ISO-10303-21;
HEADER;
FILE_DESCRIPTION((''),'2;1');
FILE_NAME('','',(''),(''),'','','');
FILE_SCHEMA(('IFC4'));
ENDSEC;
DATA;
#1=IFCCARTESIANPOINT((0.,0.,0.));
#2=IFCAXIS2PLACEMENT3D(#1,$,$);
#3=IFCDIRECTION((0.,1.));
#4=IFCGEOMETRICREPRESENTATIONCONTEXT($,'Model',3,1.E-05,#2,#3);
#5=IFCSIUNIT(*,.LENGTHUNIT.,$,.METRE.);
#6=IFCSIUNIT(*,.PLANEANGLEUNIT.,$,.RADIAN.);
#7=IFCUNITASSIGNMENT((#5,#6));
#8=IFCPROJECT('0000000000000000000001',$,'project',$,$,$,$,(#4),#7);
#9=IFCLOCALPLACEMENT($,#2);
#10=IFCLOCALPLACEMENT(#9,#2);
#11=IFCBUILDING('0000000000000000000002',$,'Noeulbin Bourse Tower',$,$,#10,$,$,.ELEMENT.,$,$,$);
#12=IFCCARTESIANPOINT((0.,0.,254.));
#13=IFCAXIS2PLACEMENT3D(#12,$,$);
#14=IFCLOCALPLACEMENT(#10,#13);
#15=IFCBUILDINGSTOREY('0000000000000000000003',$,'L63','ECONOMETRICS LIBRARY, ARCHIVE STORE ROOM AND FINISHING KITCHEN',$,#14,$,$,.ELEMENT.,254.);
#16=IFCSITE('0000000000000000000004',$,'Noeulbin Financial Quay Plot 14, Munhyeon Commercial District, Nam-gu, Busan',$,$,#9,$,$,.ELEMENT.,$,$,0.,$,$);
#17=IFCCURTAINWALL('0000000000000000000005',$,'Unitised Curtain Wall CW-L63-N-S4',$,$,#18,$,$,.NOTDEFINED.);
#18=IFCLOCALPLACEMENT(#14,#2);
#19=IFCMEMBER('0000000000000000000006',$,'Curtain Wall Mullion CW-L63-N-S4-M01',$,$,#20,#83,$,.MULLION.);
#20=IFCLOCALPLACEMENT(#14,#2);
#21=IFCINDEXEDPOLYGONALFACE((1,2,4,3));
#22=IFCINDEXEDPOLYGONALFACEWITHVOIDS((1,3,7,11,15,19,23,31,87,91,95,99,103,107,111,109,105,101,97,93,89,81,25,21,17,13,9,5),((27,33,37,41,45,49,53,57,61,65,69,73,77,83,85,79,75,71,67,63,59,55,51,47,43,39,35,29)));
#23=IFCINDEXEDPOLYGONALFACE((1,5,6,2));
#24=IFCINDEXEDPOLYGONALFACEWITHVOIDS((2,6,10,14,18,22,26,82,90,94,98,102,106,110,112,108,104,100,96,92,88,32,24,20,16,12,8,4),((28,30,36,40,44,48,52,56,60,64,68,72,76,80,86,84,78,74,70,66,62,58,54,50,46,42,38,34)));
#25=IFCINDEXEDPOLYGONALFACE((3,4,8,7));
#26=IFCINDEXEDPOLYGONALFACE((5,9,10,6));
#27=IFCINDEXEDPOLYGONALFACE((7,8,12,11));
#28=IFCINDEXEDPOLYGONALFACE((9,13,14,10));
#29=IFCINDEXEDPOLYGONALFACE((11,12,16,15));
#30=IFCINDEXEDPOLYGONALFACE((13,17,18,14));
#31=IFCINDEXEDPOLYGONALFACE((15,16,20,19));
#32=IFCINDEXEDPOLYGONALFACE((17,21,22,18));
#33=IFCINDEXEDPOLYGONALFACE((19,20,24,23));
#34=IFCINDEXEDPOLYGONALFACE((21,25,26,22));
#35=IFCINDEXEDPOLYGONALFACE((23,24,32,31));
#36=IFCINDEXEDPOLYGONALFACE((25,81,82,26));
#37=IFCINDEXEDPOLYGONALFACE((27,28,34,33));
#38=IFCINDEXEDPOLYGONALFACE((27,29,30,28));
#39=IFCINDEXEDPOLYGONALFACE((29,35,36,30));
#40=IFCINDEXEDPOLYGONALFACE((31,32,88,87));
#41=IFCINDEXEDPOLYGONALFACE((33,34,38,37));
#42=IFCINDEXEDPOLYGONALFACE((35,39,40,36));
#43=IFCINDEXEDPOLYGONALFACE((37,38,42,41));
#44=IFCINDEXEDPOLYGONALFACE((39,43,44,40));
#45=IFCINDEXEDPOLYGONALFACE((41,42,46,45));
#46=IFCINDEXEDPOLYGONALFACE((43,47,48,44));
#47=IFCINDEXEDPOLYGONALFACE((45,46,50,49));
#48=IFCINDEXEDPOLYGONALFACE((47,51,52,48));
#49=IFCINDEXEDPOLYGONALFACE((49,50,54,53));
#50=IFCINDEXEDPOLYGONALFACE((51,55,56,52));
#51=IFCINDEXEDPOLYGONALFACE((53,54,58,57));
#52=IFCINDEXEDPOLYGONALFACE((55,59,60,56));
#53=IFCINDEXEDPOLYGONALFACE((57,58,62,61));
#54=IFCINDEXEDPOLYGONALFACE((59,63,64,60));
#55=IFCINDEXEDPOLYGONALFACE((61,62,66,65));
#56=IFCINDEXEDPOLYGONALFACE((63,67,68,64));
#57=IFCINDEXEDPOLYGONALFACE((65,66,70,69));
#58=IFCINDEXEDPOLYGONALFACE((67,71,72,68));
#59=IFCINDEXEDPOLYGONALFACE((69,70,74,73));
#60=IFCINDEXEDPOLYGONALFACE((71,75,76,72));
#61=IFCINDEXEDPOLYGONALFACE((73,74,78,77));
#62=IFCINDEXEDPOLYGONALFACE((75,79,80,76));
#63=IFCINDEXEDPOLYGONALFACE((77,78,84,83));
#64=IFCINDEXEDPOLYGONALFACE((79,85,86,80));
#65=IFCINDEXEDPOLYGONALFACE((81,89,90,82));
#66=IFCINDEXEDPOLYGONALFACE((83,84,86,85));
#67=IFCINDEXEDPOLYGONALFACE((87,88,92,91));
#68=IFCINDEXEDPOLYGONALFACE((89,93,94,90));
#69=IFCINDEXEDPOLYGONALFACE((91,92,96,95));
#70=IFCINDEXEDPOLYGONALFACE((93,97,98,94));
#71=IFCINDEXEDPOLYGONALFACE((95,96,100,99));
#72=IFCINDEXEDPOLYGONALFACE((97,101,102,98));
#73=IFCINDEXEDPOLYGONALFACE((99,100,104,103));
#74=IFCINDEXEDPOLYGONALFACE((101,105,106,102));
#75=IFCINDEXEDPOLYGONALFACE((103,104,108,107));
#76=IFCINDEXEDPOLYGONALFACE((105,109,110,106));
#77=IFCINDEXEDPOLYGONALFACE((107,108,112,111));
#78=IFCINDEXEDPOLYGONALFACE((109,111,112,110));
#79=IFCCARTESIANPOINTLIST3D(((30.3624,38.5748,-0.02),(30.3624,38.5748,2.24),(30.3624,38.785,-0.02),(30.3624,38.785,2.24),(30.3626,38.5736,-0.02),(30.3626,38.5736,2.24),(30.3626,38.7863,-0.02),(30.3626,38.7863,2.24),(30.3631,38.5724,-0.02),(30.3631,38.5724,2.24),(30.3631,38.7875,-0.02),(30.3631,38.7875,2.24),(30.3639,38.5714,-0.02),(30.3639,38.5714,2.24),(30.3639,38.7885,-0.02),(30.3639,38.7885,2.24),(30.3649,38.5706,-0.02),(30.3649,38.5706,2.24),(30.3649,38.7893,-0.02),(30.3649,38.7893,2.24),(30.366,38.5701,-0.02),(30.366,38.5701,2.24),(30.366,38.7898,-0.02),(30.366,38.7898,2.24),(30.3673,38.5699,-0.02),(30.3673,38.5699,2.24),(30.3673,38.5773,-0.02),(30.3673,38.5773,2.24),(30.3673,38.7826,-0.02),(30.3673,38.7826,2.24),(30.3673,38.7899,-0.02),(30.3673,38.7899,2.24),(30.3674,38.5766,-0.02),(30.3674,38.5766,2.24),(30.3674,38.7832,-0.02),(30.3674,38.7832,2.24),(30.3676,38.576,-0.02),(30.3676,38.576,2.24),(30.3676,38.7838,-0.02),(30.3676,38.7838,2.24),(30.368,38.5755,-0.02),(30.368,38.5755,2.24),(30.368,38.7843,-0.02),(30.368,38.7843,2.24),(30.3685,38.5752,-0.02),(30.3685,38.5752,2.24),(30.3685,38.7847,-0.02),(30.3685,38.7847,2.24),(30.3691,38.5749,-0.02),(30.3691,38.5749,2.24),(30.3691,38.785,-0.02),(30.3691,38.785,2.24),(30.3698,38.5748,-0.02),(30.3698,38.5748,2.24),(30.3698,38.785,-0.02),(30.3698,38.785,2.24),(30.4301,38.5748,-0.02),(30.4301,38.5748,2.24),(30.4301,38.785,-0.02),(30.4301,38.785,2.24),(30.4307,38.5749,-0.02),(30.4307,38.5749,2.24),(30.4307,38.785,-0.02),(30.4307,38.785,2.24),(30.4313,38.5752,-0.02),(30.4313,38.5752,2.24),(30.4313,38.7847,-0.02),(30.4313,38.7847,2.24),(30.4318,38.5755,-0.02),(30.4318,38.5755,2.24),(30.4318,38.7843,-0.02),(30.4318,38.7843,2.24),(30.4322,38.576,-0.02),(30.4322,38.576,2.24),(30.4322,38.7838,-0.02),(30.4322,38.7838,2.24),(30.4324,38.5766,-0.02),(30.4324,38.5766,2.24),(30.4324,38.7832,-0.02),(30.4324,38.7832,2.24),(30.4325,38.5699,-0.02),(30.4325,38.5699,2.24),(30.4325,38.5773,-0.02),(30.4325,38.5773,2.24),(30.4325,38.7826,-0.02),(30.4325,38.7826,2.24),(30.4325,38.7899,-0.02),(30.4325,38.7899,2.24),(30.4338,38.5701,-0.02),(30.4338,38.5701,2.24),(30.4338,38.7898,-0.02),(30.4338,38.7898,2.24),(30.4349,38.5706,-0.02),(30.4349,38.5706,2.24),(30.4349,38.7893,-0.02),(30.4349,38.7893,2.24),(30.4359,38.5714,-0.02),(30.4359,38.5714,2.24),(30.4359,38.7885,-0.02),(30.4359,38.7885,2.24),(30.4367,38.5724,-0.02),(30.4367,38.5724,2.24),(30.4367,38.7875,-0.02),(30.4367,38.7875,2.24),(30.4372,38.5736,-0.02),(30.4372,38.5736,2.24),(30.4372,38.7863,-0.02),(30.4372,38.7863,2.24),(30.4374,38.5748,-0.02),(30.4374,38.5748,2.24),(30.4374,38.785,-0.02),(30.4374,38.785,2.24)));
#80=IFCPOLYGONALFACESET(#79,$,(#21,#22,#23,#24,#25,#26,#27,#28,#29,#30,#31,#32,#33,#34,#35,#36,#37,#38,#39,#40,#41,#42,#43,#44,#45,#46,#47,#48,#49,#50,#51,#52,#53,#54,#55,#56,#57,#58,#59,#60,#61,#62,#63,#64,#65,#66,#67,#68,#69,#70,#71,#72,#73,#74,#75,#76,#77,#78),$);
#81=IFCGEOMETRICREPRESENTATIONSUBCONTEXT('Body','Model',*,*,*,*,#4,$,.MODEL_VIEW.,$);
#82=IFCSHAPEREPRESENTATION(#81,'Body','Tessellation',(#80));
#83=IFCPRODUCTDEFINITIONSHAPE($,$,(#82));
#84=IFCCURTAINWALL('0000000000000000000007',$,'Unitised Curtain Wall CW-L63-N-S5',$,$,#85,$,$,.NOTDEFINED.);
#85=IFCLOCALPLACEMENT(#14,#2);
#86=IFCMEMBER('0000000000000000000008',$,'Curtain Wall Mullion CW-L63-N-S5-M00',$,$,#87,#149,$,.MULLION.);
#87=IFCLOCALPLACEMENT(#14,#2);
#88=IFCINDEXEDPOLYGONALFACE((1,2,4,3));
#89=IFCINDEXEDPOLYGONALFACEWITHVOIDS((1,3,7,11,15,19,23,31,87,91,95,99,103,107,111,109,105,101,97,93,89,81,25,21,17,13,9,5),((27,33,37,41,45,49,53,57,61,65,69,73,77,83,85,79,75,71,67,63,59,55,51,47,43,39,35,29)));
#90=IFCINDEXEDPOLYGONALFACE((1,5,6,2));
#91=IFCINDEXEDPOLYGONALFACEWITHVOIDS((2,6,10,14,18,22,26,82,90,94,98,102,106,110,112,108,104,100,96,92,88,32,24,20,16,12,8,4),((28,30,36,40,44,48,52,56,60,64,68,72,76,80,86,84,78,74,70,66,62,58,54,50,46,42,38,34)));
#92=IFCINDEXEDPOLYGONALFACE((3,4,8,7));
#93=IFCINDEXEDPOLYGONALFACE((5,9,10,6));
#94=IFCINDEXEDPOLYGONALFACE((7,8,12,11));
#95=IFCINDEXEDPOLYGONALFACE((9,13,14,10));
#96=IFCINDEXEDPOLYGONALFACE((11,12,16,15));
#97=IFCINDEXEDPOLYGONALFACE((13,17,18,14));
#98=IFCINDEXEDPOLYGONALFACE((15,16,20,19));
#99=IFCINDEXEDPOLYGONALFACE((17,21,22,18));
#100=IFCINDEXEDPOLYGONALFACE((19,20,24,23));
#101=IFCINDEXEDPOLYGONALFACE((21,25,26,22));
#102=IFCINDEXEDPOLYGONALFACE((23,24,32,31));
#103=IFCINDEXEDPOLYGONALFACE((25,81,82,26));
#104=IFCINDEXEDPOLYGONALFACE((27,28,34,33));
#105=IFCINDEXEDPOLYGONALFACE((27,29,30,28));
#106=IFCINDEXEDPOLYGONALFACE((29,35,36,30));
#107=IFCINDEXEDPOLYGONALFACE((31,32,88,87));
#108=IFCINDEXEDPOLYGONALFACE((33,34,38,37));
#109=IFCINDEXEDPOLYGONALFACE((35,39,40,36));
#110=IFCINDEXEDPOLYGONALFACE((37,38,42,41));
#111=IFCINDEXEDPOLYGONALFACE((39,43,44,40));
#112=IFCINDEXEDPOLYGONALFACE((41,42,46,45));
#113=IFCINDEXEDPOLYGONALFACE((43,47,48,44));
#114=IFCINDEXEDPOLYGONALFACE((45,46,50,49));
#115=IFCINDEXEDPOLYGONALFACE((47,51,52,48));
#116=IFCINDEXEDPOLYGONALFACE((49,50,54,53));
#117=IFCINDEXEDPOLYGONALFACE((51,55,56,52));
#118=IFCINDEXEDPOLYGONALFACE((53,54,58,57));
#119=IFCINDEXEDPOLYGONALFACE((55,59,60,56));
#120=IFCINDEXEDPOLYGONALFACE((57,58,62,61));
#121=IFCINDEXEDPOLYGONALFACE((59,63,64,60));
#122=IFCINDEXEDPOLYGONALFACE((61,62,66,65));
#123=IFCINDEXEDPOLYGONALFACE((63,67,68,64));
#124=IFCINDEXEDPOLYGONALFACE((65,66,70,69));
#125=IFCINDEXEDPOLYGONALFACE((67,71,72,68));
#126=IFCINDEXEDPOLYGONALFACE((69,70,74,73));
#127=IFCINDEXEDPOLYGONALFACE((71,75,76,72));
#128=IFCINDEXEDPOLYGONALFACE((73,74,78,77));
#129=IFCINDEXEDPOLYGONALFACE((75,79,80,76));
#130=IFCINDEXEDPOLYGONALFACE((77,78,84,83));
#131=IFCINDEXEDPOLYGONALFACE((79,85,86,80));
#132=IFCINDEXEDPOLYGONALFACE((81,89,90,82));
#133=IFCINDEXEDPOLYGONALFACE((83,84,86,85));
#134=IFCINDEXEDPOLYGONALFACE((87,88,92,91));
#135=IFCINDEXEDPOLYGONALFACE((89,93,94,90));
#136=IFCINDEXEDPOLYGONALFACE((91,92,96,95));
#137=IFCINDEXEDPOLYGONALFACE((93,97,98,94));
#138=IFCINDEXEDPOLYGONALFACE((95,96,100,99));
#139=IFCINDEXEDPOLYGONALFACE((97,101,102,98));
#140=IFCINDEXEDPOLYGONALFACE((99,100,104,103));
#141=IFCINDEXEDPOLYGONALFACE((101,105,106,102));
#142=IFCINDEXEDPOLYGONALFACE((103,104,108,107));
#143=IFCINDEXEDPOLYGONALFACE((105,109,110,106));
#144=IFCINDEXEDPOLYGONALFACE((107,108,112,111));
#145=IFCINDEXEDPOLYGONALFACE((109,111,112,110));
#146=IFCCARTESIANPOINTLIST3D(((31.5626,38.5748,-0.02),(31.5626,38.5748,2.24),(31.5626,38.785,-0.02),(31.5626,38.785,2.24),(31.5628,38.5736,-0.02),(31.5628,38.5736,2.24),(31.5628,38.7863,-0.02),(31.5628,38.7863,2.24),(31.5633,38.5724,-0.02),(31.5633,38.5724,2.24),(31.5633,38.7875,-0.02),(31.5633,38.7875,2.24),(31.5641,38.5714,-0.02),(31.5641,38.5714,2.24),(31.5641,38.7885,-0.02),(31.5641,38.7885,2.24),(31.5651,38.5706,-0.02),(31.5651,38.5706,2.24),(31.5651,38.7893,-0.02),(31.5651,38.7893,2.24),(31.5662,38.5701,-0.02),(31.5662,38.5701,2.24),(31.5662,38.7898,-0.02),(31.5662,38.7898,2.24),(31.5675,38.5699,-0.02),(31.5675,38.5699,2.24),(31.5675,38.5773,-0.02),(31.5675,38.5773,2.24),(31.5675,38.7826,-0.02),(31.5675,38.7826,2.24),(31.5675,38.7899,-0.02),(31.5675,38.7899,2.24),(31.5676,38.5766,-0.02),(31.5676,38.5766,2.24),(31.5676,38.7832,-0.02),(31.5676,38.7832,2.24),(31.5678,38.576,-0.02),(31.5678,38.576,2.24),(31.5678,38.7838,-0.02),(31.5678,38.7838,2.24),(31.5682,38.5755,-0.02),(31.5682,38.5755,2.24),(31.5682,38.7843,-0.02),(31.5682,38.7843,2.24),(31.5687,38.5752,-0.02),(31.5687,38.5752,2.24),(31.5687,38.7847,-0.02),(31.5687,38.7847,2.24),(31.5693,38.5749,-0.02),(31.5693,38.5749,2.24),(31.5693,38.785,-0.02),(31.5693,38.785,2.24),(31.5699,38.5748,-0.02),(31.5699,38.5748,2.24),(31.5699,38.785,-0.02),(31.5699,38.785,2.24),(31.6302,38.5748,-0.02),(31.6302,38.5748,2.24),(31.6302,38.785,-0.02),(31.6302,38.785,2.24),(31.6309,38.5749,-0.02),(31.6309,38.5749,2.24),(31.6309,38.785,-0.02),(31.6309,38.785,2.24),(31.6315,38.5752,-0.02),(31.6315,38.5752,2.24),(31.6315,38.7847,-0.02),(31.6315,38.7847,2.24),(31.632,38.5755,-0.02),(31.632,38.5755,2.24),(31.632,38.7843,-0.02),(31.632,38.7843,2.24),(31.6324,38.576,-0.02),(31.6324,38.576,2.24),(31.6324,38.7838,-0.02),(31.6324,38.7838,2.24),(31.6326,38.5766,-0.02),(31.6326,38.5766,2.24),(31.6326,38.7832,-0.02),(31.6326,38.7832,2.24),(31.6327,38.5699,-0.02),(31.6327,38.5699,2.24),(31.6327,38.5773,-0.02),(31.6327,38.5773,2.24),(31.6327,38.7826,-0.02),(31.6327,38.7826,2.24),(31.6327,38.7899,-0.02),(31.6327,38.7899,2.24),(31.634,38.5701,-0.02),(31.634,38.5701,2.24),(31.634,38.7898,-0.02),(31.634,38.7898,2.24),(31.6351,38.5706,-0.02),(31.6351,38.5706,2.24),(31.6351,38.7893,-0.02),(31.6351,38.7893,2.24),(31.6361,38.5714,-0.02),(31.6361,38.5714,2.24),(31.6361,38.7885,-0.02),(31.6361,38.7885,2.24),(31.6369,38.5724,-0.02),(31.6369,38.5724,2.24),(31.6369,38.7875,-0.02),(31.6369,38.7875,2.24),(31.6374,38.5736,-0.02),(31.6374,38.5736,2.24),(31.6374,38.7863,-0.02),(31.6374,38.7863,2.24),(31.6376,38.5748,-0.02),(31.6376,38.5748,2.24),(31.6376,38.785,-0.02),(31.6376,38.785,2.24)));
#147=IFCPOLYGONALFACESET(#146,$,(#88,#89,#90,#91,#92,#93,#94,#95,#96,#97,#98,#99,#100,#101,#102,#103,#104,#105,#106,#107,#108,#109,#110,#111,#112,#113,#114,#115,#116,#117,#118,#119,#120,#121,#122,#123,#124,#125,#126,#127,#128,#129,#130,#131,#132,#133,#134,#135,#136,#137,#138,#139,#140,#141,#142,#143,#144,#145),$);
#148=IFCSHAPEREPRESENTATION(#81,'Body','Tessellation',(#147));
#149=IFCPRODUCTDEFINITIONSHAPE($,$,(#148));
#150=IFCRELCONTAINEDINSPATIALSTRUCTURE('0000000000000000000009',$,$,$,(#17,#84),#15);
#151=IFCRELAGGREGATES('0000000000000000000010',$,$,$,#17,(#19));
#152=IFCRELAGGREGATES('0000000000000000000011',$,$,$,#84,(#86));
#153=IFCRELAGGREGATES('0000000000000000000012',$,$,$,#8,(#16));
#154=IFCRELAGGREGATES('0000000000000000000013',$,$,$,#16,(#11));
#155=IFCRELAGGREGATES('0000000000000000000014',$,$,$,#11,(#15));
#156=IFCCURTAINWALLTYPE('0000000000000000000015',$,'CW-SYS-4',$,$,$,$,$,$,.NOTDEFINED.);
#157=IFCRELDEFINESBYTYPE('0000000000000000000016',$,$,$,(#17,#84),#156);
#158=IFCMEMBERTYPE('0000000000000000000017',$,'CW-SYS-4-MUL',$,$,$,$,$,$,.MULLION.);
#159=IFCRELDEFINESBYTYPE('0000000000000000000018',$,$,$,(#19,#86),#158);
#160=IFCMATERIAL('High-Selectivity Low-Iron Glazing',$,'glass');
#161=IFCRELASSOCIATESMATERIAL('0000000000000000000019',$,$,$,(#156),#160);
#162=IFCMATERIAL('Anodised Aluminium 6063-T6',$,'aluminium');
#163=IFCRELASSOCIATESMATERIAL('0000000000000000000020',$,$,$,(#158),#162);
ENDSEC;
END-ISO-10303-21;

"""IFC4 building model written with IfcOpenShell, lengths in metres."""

from ifc_helpers import new_model, si_unit, direction, frame, origin, origin_2d, place, context, subcontext, project, spatial, hollow_rectangle, extrude, material, material_profile, profile_set, type_object, element, aggregate, save


model = new_model("IFC4")

# Units and contexts
model_context = context("Model", 3, precision=1e-05, world=origin(), true_north=direction((0.0, 1.0)))
body_context = subcontext(model_context, "Body", "Model", "MODEL_VIEW")
ifc_project = project(units=[si_unit("LENGTHUNIT", "METRE"), si_unit("PLANEANGLEUNIT", "RADIAN")], contexts=[model_context])

# Site, building, storey
site_placement = place(None, origin())
site = spatial("IfcSite", under=ifc_project, at=site_placement, Name="Noeulbin Financial Quay Plot 14, Munhyeon Commercial District, Nam-gu, Busan", CompositionType="ELEMENT", RefElevation=0.0)
building_placement = place(site_placement, origin())
building = spatial("IfcBuilding", under=site, at=building_placement, Name="Noeulbin Bourse Tower", CompositionType="ELEMENT")
storey_placement = place(building_placement, frame((0.0, 0.0, 254.0)))
storey = spatial("IfcBuildingStorey", under=building, at=storey_placement, Name="L63", Description="ECONOMETRICS LIBRARY, ARCHIVE STORE ROOM AND FINISHING KITCHEN", CompositionType="ELEMENT", Elevation=254.0)

# Curtain walls, members
ifc_material_1 = material(Name="High-Selectivity Low-Iron Glazing", Category="glass")
curtain_wall_type = type_object("IfcCurtainWallType", Name="CW-SYS-4", PredefinedType="NOTDEFINED", material=ifc_material_1)
curtain_wall_1_placement = place(storey_placement, origin())
curtain_wall_1 = element("IfcCurtainWall", 1, at=curtain_wall_1_placement, inside=storey, type_object=curtain_wall_type, Name="Unitised Curtain Wall CW-L63-N-S4", PredefinedType="NOTDEFINED")
ifc_material_2 = material(Name="Anodised Aluminium 6063-T6", Category="aluminium")
ifc_material_profile_1 = material_profile(ifc_material_2, hollow_rectangle(XDim=0.075, YDim=0.22, WallThickness=0.0049, InnerFilletRadius=0.0024, OuterFilletRadius=0.0049, at=origin_2d()), Name="ALU-MULL-75x220x5", Category="LoadBearing")
ifc_profile_set_1 = profile_set([ifc_material_profile_1], Name="Anodised Aluminium 6063-T6")
member_type_1 = type_object("IfcMemberType", Name="CW-SYS-4-MUL", PredefinedType="MULLION", material=ifc_profile_set_1)
member_1_placement = place(storey_placement, frame((30.3999, 38.6799, -0.02), z_axis=(0.0, 0.0, 1.0), x_axis=(1.0, 0.0, 0.0)))
member_1 = element("IfcMember", 2, at=member_1_placement, type_object=member_type_1, Name="Curtain Wall Mullion CW-L63-N-S4-M01", PredefinedType="MULLION", context=body_context, shape_type="SweptSolid", body=[
    extrude(hollow_rectangle(XDim=0.075, YDim=0.22, WallThickness=0.0049, InnerFilletRadius=0.0024, OuterFilletRadius=0.0049, at=origin_2d()), origin(), (0.0, 0.0, 1.0), 2.26),
])
curtain_wall_2_placement = place(storey_placement, origin())
curtain_wall_2 = element("IfcCurtainWall", 3, at=curtain_wall_2_placement, inside=storey, type_object=curtain_wall_type, Name="Unitised Curtain Wall CW-L63-N-S5", PredefinedType="NOTDEFINED")
member_2_placement = place(storey_placement, frame((31.6001, 38.6799, -0.02), z_axis=(0.0, 0.0, 1.0), x_axis=(1.0, 0.0, 0.0)))
member_2 = element("IfcMember", 4, at=member_2_placement, type_object=member_type_1, Name="Curtain Wall Mullion CW-L63-N-S5-M00", PredefinedType="MULLION", context=body_context, shape_type="SweptSolid", body=[
    extrude(hollow_rectangle(XDim=0.075, YDim=0.22, WallThickness=0.0049, InnerFilletRadius=0.0024, OuterFilletRadius=0.0049, at=origin_2d()), origin(), (0.0, 0.0, 1.0), 2.26),
])

aggregate(curtain_wall_1, [member_1])
aggregate(curtain_wall_2, [member_2])

save(model, "model.ifc")
